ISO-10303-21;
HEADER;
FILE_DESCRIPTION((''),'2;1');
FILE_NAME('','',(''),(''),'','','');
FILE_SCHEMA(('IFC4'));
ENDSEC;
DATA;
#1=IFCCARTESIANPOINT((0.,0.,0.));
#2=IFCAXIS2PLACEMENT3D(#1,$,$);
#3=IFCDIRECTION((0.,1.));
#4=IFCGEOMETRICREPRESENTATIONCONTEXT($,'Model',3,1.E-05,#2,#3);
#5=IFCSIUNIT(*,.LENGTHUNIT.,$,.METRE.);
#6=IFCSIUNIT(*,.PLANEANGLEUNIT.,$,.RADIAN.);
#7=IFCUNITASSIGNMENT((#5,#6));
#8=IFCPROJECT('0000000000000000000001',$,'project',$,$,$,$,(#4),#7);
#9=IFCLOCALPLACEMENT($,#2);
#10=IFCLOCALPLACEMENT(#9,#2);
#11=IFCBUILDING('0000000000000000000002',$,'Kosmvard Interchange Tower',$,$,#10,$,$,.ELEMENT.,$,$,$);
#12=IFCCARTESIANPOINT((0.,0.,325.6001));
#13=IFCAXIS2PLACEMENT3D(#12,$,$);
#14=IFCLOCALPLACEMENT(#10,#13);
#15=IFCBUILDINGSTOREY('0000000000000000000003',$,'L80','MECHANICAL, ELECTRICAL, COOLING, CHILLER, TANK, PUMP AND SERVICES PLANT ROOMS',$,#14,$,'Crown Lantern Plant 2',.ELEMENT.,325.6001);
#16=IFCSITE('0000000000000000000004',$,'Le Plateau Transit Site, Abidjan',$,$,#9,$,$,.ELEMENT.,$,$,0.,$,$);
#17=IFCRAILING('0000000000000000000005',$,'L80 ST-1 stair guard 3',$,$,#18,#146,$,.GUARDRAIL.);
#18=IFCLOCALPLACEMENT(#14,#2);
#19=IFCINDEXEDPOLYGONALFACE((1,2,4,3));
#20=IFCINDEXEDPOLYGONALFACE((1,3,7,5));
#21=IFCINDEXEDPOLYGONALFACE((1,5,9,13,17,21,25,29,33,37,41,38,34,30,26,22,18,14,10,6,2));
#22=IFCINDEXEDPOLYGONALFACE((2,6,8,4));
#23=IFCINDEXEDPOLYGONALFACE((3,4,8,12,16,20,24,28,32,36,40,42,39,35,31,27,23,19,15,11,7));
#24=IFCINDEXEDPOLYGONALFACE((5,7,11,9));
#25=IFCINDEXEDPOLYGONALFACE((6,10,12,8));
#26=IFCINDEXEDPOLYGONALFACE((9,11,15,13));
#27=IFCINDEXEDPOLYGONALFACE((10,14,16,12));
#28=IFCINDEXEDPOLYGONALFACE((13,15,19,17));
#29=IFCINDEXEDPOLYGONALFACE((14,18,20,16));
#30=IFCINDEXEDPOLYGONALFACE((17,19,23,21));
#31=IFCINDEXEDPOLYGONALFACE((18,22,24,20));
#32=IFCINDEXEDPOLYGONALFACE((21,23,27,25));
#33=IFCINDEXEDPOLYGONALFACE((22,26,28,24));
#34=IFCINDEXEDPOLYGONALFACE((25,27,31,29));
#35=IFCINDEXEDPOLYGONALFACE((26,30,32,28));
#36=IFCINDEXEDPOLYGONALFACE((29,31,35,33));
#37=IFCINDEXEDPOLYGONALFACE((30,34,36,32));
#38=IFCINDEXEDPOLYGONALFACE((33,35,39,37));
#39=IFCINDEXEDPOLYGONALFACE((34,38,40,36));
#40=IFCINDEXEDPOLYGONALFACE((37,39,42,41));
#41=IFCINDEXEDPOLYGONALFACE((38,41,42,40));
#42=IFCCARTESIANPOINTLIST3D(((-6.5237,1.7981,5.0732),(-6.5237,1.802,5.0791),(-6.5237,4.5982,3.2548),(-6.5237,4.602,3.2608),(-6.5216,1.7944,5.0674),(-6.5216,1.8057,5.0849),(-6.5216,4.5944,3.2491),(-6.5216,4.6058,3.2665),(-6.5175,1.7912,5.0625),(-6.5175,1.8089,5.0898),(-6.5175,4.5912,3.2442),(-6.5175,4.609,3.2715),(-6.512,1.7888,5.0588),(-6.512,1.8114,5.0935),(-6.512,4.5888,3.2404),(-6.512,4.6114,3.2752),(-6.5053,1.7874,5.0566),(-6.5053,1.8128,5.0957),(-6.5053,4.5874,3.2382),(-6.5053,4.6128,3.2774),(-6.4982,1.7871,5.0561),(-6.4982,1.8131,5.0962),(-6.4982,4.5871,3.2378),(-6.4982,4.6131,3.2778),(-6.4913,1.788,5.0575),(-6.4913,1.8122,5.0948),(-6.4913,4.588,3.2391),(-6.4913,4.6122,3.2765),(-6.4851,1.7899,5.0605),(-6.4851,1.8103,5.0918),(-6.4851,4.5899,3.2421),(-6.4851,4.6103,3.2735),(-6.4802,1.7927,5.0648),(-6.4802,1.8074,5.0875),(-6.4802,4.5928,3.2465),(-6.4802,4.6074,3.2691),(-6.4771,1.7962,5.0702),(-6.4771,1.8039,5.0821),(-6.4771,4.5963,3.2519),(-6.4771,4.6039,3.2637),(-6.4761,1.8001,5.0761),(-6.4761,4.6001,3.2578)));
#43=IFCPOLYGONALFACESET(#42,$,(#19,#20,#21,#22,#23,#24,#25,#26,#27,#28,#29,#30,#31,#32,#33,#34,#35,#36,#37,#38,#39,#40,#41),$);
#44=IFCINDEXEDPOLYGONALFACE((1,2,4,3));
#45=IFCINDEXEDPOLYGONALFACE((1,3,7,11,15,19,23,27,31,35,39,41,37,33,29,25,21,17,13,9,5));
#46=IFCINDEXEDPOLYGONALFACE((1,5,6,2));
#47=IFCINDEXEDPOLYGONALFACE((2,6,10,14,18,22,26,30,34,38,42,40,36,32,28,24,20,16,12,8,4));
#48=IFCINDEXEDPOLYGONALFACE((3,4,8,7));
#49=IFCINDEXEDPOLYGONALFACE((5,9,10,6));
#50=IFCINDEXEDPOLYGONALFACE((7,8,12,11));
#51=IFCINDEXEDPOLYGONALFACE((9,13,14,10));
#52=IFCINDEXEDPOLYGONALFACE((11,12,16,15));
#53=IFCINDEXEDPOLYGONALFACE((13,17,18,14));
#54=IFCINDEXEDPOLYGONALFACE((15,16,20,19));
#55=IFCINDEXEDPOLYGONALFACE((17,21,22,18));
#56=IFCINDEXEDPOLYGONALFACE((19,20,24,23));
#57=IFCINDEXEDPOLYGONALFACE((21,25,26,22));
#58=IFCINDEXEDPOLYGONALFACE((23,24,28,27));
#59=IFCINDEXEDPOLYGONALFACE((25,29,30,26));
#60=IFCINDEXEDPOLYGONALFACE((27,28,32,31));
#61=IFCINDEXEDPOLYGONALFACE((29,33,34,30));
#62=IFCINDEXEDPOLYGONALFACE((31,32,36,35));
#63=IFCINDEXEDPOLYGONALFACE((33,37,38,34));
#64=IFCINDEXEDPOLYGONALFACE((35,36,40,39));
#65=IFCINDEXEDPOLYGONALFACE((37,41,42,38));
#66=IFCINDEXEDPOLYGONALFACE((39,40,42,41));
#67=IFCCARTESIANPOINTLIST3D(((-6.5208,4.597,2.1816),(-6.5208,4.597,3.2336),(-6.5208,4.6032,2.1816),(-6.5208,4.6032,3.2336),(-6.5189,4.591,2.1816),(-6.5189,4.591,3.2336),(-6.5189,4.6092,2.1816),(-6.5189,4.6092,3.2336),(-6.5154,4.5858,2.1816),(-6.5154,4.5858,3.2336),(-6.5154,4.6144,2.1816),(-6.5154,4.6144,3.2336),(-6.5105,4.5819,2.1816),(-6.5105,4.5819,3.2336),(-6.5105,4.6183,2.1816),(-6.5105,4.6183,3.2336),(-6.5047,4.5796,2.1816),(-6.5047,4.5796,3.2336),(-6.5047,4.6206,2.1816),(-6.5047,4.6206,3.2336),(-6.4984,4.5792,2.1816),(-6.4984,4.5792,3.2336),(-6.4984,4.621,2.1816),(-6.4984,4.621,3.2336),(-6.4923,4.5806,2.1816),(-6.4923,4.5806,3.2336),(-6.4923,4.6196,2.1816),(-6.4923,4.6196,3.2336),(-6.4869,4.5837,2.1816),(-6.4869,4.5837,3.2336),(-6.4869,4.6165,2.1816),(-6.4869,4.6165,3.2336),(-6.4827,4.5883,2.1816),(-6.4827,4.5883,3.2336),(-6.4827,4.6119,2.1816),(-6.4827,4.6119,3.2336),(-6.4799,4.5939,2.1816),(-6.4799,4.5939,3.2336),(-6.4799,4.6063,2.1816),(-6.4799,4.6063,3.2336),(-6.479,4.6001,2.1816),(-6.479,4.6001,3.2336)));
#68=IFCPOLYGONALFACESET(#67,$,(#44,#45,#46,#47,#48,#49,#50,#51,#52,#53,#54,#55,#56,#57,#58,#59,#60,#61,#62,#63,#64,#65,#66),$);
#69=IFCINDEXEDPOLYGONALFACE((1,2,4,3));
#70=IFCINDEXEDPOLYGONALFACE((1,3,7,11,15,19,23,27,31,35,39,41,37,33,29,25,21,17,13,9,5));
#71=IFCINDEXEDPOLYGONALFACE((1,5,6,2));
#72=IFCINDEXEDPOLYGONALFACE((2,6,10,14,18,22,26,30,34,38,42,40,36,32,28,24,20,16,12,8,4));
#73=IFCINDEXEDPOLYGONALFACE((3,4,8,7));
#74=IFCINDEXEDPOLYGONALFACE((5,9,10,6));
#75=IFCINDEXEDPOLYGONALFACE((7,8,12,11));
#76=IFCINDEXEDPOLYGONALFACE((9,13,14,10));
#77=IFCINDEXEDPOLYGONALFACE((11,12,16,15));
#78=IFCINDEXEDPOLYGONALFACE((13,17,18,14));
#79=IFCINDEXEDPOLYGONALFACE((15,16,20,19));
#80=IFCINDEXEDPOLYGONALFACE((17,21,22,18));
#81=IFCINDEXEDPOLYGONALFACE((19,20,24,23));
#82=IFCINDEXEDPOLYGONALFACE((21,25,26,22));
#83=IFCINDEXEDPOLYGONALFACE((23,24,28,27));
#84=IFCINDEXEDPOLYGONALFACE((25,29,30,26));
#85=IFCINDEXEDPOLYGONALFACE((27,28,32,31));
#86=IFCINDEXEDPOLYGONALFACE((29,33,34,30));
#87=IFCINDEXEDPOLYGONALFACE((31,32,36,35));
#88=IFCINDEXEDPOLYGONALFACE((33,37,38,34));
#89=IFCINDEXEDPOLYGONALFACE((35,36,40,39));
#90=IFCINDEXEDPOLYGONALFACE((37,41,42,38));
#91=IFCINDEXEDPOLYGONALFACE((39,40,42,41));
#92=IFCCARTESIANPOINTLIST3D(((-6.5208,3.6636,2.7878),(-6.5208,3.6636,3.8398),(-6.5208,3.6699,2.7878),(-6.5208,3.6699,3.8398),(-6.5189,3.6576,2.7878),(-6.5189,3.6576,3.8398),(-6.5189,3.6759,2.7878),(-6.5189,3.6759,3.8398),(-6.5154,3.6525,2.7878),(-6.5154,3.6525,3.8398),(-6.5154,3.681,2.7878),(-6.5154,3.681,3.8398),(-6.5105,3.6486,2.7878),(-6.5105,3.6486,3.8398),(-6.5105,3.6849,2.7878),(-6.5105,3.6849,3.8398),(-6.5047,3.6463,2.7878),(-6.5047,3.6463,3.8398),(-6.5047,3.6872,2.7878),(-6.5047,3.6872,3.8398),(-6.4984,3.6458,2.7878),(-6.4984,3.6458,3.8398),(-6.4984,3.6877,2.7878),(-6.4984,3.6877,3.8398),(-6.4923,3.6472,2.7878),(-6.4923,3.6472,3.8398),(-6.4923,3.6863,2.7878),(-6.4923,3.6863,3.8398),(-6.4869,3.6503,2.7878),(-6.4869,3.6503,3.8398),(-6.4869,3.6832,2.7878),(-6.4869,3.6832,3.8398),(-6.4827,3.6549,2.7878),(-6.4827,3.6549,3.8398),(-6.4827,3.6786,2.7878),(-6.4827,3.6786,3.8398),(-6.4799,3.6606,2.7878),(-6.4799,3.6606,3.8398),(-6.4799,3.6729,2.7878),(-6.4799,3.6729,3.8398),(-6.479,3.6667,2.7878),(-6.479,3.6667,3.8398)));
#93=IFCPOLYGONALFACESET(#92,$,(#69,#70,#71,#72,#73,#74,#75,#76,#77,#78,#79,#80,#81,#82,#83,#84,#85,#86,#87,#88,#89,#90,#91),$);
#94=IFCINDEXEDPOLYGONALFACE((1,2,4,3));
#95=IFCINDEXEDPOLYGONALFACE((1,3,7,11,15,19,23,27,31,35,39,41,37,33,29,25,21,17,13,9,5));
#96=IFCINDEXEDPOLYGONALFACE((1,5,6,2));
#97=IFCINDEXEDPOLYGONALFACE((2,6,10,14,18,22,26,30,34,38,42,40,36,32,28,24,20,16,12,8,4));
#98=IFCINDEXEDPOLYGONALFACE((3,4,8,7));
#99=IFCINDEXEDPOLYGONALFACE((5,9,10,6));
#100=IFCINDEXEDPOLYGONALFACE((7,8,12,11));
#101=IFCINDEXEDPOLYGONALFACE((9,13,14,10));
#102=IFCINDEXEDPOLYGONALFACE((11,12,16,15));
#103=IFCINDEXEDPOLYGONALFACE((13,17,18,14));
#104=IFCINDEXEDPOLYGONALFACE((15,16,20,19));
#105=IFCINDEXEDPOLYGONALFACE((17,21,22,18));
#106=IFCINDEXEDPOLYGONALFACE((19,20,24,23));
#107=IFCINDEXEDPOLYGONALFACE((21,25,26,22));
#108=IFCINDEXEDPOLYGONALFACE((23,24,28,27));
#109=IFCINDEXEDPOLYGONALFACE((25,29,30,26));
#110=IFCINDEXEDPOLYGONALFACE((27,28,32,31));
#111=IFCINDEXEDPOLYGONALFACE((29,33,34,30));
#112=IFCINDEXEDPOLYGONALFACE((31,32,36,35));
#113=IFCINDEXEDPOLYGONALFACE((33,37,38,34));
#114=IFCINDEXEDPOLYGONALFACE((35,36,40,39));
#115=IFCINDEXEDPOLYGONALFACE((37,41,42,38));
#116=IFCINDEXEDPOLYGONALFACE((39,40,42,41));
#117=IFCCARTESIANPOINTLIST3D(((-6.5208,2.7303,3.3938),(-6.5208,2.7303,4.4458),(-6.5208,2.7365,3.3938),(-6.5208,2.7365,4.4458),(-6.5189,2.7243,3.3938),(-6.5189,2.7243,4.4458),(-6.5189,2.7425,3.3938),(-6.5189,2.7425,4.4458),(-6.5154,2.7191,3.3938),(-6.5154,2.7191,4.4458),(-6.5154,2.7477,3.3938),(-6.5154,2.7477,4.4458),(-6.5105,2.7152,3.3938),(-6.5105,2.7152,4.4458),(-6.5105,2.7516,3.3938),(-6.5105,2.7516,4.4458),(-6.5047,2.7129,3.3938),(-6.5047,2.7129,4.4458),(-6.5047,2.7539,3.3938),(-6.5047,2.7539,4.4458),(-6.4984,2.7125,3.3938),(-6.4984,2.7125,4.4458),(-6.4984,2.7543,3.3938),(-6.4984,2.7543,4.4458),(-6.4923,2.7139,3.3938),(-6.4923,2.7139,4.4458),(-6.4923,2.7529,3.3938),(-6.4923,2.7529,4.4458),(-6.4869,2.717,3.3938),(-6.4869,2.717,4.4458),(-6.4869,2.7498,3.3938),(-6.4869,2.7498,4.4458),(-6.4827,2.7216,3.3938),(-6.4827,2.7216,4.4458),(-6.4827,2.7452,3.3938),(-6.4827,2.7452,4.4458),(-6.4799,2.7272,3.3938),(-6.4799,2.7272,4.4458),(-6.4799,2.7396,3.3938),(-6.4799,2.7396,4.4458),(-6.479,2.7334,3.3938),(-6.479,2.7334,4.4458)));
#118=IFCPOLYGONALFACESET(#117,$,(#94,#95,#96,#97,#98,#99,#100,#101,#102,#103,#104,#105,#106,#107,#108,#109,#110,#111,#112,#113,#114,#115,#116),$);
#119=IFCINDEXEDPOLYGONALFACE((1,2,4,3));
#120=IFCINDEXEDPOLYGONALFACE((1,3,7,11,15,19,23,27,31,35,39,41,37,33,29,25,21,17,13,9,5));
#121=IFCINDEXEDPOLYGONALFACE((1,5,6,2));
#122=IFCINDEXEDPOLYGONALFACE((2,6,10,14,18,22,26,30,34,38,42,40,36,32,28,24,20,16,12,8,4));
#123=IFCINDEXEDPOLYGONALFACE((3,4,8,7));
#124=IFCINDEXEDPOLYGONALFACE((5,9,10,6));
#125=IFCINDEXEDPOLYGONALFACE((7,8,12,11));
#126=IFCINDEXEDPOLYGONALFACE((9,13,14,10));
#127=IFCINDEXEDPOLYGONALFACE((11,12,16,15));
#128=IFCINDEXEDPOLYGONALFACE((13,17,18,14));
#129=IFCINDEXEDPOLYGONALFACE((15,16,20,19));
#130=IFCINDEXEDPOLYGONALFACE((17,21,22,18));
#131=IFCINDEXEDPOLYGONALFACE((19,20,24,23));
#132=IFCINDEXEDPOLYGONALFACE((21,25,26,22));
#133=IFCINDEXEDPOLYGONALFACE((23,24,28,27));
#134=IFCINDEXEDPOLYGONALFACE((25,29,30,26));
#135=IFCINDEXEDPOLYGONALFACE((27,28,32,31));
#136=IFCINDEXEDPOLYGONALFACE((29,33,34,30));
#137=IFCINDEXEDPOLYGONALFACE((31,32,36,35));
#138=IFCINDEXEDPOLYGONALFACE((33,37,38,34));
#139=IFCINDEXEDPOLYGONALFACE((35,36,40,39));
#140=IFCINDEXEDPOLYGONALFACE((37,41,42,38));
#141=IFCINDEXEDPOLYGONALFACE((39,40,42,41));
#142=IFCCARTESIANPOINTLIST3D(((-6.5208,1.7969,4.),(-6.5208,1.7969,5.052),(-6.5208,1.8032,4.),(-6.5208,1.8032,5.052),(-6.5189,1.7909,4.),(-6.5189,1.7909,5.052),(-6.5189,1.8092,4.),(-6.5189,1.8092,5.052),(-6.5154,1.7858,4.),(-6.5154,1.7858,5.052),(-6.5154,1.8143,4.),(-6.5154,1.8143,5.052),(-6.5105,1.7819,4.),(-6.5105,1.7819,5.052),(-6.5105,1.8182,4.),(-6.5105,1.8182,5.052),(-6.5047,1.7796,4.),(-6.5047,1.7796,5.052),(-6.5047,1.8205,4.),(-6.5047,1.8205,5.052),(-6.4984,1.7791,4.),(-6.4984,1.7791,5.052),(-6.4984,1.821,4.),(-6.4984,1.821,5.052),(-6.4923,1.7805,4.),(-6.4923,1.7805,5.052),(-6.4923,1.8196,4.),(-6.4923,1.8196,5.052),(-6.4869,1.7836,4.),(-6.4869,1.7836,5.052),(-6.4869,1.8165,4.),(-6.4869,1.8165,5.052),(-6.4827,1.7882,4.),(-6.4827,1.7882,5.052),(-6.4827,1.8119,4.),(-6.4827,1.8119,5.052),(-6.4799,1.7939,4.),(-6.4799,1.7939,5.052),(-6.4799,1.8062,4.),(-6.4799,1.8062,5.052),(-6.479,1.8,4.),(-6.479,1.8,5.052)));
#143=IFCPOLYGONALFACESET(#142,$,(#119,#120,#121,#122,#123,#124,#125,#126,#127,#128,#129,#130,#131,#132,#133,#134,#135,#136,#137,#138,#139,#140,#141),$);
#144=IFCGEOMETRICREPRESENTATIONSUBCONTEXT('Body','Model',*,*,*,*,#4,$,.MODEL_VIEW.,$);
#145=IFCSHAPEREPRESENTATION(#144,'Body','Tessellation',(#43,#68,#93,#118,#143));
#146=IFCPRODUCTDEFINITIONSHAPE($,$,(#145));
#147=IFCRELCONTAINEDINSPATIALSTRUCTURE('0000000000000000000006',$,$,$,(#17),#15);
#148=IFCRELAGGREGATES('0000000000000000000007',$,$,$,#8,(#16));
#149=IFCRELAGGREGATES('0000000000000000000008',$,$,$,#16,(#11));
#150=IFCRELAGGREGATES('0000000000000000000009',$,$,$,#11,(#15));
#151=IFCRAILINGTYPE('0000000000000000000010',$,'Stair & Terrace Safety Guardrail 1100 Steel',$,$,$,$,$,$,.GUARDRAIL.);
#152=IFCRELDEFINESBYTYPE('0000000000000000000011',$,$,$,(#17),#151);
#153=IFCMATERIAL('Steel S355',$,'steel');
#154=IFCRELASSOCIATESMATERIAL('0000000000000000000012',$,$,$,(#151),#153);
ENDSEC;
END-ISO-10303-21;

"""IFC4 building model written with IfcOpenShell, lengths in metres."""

from ifc_helpers import new_model, si_unit, direction, frame, origin, origin_2d, place, context, subcontext, project, spatial, circle, extrude, source, transform, mapped, material, type_object, element, save


model = new_model("IFC4")

# Units and contexts
model_context = context("Model", 3, precision=1e-05, world=origin(), true_north=direction((0.0, 1.0)))
body_context = subcontext(model_context, "Body", "Model", "MODEL_VIEW")
ifc_project = project(units=[si_unit("LENGTHUNIT", "METRE"), si_unit("PLANEANGLEUNIT", "RADIAN")], contexts=[model_context])

# Site, building, storey
site_placement = place(None, origin())
site = spatial("IfcSite", under=ifc_project, at=site_placement, Name="Le Plateau Transit Site, Abidjan", CompositionType="ELEMENT", RefElevation=0.0)
building_placement = place(site_placement, origin())
building = spatial("IfcBuilding", under=site, at=building_placement, Name="Kosmvard Interchange Tower", CompositionType="ELEMENT")
storey_placement = place(building_placement, frame((0.0, 0.0, 325.6001)))
storey = spatial("IfcBuildingStorey", under=building, at=storey_placement, Name="L80", Description="MECHANICAL, ELECTRICAL, COOLING, CHILLER, TANK, PUMP AND SERVICES PLANT ROOMS", LongName="Crown Lantern Plant 2", CompositionType="ELEMENT", Elevation=325.6001)

# Shared definitions
ifc_material_1 = material(Name="Steel S355", Category="steel")

# Railing
railing_type_1 = type_object("IfcRailingType", Name="Stair & Terrace Safety Guardrail 1100 Steel", PredefinedType="GUARDRAIL", material=ifc_material_1)
shared_shape_1 = source(origin(), body_context, "Body", "SweptSolid", [
    extrude(circle(Radius=0.0239, at=origin_2d()), frame((0.0, 0.0, 1.0762), z_axis=(0.0, -0.838672, 0.544636), x_axis=(1.0, 0.0, 0.0)), (0.0, 0.0, 1.0), 3.3386),
    extrude(circle(Radius=0.021, at=origin_2d()), origin(), (0.0, 0.0, 1.0), 1.052),
    extrude(circle(Radius=0.021, at=origin_2d()), frame((0.0, -0.9333, 0.6062)), (0.0, 0.0, 1.0), 1.052),
    extrude(circle(Radius=0.021, at=origin_2d()), frame((0.0, -1.8667, 1.2122)), (0.0, 0.0, 1.0), 1.052),
    extrude(circle(Radius=0.021, at=origin_2d()), frame((0.0, -2.8, 1.8184)), (0.0, 0.0, 1.0), 1.052),
])
railing_1_placement = place(storey_placement, frame((-6.5, 4.6001, 2.1816)))
element("IfcRailing", 1, at=railing_1_placement, inside=storey, type_object=railing_type_1, Name="L80 ST-1 stair guard 3", PredefinedType="GUARDRAIL", context=body_context, shape_type="MappedRepresentation", body=[
    mapped(shared_shape_1, transform((0.0, 0.0, 0.0), scale=1.0)),
])

save(model, "model.ifc")
